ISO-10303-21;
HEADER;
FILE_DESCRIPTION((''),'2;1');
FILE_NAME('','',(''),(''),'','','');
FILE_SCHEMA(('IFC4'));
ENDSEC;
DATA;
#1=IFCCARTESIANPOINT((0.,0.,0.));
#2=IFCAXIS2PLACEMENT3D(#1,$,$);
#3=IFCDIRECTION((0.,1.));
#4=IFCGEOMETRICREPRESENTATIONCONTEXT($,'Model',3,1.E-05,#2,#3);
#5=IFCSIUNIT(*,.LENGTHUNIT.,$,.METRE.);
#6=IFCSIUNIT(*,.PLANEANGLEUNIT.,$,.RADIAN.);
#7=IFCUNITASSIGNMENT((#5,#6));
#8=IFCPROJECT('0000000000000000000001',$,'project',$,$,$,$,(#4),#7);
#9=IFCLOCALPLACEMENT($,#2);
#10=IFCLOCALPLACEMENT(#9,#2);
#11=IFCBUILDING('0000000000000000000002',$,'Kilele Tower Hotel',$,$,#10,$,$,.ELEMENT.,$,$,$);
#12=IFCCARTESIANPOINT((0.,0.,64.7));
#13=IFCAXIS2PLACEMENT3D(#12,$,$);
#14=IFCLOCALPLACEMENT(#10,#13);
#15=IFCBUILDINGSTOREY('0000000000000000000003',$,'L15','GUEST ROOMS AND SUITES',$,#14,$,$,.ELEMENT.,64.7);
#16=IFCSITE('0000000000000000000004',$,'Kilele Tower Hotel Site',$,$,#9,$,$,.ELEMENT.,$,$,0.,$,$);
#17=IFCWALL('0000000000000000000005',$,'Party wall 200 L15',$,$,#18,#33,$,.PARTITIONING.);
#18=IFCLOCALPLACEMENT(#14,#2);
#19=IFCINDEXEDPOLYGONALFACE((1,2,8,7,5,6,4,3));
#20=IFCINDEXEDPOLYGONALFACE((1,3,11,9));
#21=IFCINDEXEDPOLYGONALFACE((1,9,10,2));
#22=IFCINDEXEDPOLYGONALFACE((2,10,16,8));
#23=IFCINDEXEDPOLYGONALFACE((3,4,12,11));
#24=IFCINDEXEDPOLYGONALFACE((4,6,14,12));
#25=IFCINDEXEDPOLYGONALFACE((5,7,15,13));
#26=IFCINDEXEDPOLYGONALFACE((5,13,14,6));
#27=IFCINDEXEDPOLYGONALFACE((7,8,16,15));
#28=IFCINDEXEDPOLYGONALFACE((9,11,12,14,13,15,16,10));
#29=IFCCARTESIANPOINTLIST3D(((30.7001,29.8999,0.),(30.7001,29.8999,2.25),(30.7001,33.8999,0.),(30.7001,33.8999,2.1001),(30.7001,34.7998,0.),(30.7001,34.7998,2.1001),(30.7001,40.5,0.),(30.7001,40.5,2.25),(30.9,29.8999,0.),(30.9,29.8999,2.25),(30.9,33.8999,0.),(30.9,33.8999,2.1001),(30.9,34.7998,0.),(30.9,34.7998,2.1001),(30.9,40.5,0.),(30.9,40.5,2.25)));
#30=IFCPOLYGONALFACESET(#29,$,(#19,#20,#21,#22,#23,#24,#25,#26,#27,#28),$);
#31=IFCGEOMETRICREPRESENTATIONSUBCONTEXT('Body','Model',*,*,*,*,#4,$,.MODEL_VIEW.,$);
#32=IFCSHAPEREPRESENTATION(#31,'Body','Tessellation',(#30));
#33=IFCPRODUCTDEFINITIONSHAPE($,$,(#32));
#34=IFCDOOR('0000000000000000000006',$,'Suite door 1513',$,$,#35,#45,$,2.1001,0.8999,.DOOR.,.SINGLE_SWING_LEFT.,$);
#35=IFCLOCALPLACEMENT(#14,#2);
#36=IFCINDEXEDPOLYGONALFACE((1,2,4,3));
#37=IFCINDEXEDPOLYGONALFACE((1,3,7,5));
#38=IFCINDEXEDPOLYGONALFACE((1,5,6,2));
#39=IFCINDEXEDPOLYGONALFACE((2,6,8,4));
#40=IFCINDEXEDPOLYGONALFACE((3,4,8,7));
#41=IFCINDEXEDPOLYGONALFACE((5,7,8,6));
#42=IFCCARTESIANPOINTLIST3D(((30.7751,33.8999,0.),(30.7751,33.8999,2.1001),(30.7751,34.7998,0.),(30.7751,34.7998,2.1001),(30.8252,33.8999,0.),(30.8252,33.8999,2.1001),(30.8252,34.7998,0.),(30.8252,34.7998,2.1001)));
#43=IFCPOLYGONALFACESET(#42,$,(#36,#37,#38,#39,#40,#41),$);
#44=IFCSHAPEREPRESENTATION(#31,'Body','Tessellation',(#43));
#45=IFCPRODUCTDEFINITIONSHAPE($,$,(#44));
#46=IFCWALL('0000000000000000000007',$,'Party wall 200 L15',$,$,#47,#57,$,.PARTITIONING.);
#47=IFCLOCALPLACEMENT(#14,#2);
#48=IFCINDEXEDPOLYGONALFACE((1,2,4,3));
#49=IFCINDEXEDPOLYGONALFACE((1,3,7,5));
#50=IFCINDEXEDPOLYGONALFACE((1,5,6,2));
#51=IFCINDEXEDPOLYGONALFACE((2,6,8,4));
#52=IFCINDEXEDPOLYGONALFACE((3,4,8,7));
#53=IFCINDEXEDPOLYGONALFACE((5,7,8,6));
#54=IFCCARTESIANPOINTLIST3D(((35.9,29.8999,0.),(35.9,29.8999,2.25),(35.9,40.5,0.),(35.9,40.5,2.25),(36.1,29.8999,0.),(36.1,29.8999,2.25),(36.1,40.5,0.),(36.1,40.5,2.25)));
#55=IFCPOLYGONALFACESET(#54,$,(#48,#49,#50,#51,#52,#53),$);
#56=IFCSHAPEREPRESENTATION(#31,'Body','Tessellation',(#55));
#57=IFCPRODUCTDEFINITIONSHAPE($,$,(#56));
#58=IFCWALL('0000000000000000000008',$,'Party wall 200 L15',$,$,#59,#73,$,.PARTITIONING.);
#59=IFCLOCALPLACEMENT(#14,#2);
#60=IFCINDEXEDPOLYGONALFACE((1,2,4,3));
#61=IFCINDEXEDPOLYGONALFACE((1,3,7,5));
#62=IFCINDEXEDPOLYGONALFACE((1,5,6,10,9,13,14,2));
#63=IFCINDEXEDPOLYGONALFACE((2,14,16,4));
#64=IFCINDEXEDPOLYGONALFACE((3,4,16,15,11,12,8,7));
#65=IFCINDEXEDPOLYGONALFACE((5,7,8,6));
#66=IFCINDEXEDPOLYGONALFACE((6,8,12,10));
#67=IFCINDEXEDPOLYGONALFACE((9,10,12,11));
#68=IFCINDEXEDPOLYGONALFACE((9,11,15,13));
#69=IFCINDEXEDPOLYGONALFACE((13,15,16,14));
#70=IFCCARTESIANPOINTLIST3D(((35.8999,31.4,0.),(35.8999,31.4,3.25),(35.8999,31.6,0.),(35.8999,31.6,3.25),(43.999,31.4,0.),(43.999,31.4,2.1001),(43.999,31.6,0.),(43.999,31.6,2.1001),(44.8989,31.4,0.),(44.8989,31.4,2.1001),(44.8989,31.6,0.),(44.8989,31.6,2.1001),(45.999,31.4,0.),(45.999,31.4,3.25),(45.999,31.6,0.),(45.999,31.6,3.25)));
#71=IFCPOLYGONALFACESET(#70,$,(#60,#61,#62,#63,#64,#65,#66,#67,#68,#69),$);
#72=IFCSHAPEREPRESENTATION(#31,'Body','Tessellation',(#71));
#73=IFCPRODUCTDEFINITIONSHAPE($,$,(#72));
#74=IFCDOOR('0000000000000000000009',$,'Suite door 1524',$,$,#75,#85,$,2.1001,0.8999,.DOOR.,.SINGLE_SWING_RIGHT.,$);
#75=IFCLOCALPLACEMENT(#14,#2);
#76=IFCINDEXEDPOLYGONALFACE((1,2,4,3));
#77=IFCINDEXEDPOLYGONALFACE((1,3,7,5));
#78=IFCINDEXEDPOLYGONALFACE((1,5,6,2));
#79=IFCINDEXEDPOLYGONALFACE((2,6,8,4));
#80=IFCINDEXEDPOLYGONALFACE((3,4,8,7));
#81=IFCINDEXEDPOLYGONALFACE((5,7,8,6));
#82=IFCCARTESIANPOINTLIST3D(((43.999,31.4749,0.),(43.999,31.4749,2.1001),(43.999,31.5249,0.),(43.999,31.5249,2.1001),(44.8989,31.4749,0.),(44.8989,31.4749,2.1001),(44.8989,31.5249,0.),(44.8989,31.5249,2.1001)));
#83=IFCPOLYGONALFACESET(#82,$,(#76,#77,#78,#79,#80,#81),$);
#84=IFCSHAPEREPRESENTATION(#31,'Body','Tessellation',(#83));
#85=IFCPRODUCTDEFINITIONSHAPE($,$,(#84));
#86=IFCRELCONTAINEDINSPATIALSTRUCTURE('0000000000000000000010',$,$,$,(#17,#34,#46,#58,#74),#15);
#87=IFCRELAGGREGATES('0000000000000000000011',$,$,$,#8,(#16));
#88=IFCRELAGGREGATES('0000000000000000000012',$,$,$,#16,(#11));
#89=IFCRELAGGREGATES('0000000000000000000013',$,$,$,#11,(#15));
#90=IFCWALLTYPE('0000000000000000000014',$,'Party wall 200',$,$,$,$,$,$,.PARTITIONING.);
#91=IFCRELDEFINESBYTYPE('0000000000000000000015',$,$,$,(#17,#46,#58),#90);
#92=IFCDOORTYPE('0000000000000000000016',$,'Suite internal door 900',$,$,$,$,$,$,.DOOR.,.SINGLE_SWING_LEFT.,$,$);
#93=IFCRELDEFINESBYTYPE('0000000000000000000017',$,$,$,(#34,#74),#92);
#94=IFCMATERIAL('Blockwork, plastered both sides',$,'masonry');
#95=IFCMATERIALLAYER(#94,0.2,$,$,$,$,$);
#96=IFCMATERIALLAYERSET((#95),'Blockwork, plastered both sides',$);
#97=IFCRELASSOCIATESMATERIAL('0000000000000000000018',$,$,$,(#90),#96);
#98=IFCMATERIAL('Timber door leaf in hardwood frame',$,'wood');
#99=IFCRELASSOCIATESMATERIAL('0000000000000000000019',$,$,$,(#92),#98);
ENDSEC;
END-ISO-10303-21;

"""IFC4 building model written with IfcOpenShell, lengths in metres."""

from ifc_helpers import new_model, si_unit, direction, frame, frame_2d, origin, place, context, subcontext, project, spatial, rectangle, extrude, material, layer, layer_set, type_object, element, fill, save


model = new_model("IFC4")

# Units and contexts
model_context = context("Model", 3, precision=1e-05, world=origin(), true_north=direction((0.0, 1.0)))
body_context = subcontext(model_context, "Body", "Model", "MODEL_VIEW")
ifc_project = project(units=[si_unit("LENGTHUNIT", "METRE"), si_unit("PLANEANGLEUNIT", "RADIAN")], contexts=[model_context])

# Site, building, storey
site_placement = place(None, origin())
site = spatial("IfcSite", under=ifc_project, at=site_placement, Name="Kilele Tower Hotel Site", CompositionType="ELEMENT", RefElevation=0.0)
building_placement = place(site_placement, origin())
building = spatial("IfcBuilding", under=site, at=building_placement, Name="Kilele Tower Hotel", CompositionType="ELEMENT")
storey_placement = place(building_placement, frame((0.0, 0.0, 64.7)))
storey = spatial("IfcBuildingStorey", under=building, at=storey_placement, Name="L15", Description="GUEST ROOMS AND SUITES", CompositionType="ELEMENT", Elevation=64.7)

# Wall, opening, door
ifc_material_1 = material(Name="Blockwork, plastered both sides", Category="masonry")
ifc_layer_1 = layer(ifc_material_1, 0.2)
ifc_layer_set_1 = layer_set([ifc_layer_1], Name="Blockwork, plastered both sides")
wall_type_1 = type_object("IfcWallType", Name="Party wall 200", PredefinedType="PARTITIONING", material=ifc_layer_set_1)
wall_1_placement = place(storey_placement, frame((30.8, 29.8999, 0.0), z_axis=(0.0, 0.0, 1.0), x_axis=(0.0, 1.0, 0.0)))
wall_1 = element("IfcWall", 1, at=wall_1_placement, inside=storey, type_object=wall_type_1, Name="Party wall 200 L15", PredefinedType="PARTITIONING", context=body_context, shape_type="SweptSolid", body=[
    extrude(rectangle(XDim=10.6001, YDim=0.2, at=frame_2d((5.3, 0.0))), origin(), (0.0, 0.0, 1.0), 2.25),
])
opening_1_placement = place(wall_1_placement, frame((4.0, 0.0, 0.0)))
opening_1 = element("IfcOpeningElement", 2, at=opening_1_placement, cuts=wall_1, PredefinedType="OPENING", context=body_context, shape_type="SweptSolid", body=[
    extrude(rectangle(XDim=0.8999, YDim=2.1001, at=frame_2d((0.45, 1.05))), frame((0.0, 0.1099, 0.0), z_axis=(0.0, -1.0, 0.0), x_axis=(1.0, 0.0, 0.0)), (0.0, 0.0, 1.0), 0.22),
])
ifc_material_2 = material(Name="Timber door leaf in hardwood frame", Category="wood")
door_type_1 = type_object("IfcDoorType", Name="Suite internal door 900", OperationType="SINGLE_SWING_LEFT", PredefinedType="DOOR", material=ifc_material_2)
door_1_placement = place(opening_1_placement, origin())
door_1 = element("IfcDoor", 3, at=door_1_placement, inside=storey, type_object=door_type_1, Name="Suite door 1513", OperationType="SINGLE_SWING_LEFT", OverallHeight=2.1001, OverallWidth=0.8999, PredefinedType="DOOR", context=body_context, shape_type="SweptSolid", body=[
    extrude(rectangle(XDim=0.8999, YDim=2.1001, at=frame_2d((0.45, 1.05))), frame((0.0, 0.0249, 0.0), z_axis=(0.0, -1.0, 0.0), x_axis=(1.0, 0.0, 0.0)), (0.0, 0.0, 1.0), 0.05),
])
fill(opening_1, door_1)

# Wall
wall_2_placement = place(storey_placement, frame((36.0, 29.8999, 0.0), z_axis=(0.0, 0.0, 1.0), x_axis=(0.0, 1.0, 0.0)))
element("IfcWall", 4, at=wall_2_placement, inside=storey, type_object=wall_type_1, Name="Party wall 200 L15", PredefinedType="PARTITIONING", context=body_context, shape_type="SweptSolid", body=[
    extrude(rectangle(XDim=10.6001, YDim=0.2, at=frame_2d((5.3, 0.0))), origin(), (0.0, 0.0, 1.0), 2.25),
])

# Wall, opening, door
wall_3_placement = place(storey_placement, frame((35.8999, 31.5, 0.0), z_axis=(0.0, 0.0, 1.0), x_axis=(1.0, 0.0, 0.0)))
wall_3 = element("IfcWall", 5, at=wall_3_placement, inside=storey, type_object=wall_type_1, Name="Party wall 200 L15", PredefinedType="PARTITIONING", context=body_context, shape_type="SweptSolid", body=[
    extrude(rectangle(XDim=10.0991, YDim=0.2, at=frame_2d((5.0496, 0.0))), origin(), (0.0, 0.0, 1.0), 3.25),
])
opening_2_placement = place(wall_3_placement, frame((8.0991, 0.0, 0.0)))
opening_2 = element("IfcOpeningElement", 6, at=opening_2_placement, cuts=wall_3, PredefinedType="OPENING", context=body_context, shape_type="SweptSolid", body=[
    extrude(rectangle(XDim=0.8999, YDim=2.1001, at=frame_2d((0.45, 1.05))), frame((0.0, 0.1099, 0.0), z_axis=(0.0, -1.0, 0.0), x_axis=(1.0, 0.0, 0.0)), (0.0, 0.0, 1.0), 0.22),
])
door_2_placement = place(opening_2_placement, origin())
door_2 = element("IfcDoor", 7, at=door_2_placement, inside=storey, type_object=door_type_1, Name="Suite door 1524", OperationType="SINGLE_SWING_RIGHT", OverallHeight=2.1001, OverallWidth=0.8999, PredefinedType="DOOR", context=body_context, shape_type="SweptSolid", body=[
    extrude(rectangle(XDim=0.8999, YDim=2.1001, at=frame_2d((0.45, 1.05))), frame((0.0, 0.0249, 0.0), z_axis=(0.0, -1.0, 0.0), x_axis=(1.0, 0.0, 0.0)), (0.0, 0.0, 1.0), 0.05),
])
fill(opening_2, door_2)

save(model, "model.ifc")
